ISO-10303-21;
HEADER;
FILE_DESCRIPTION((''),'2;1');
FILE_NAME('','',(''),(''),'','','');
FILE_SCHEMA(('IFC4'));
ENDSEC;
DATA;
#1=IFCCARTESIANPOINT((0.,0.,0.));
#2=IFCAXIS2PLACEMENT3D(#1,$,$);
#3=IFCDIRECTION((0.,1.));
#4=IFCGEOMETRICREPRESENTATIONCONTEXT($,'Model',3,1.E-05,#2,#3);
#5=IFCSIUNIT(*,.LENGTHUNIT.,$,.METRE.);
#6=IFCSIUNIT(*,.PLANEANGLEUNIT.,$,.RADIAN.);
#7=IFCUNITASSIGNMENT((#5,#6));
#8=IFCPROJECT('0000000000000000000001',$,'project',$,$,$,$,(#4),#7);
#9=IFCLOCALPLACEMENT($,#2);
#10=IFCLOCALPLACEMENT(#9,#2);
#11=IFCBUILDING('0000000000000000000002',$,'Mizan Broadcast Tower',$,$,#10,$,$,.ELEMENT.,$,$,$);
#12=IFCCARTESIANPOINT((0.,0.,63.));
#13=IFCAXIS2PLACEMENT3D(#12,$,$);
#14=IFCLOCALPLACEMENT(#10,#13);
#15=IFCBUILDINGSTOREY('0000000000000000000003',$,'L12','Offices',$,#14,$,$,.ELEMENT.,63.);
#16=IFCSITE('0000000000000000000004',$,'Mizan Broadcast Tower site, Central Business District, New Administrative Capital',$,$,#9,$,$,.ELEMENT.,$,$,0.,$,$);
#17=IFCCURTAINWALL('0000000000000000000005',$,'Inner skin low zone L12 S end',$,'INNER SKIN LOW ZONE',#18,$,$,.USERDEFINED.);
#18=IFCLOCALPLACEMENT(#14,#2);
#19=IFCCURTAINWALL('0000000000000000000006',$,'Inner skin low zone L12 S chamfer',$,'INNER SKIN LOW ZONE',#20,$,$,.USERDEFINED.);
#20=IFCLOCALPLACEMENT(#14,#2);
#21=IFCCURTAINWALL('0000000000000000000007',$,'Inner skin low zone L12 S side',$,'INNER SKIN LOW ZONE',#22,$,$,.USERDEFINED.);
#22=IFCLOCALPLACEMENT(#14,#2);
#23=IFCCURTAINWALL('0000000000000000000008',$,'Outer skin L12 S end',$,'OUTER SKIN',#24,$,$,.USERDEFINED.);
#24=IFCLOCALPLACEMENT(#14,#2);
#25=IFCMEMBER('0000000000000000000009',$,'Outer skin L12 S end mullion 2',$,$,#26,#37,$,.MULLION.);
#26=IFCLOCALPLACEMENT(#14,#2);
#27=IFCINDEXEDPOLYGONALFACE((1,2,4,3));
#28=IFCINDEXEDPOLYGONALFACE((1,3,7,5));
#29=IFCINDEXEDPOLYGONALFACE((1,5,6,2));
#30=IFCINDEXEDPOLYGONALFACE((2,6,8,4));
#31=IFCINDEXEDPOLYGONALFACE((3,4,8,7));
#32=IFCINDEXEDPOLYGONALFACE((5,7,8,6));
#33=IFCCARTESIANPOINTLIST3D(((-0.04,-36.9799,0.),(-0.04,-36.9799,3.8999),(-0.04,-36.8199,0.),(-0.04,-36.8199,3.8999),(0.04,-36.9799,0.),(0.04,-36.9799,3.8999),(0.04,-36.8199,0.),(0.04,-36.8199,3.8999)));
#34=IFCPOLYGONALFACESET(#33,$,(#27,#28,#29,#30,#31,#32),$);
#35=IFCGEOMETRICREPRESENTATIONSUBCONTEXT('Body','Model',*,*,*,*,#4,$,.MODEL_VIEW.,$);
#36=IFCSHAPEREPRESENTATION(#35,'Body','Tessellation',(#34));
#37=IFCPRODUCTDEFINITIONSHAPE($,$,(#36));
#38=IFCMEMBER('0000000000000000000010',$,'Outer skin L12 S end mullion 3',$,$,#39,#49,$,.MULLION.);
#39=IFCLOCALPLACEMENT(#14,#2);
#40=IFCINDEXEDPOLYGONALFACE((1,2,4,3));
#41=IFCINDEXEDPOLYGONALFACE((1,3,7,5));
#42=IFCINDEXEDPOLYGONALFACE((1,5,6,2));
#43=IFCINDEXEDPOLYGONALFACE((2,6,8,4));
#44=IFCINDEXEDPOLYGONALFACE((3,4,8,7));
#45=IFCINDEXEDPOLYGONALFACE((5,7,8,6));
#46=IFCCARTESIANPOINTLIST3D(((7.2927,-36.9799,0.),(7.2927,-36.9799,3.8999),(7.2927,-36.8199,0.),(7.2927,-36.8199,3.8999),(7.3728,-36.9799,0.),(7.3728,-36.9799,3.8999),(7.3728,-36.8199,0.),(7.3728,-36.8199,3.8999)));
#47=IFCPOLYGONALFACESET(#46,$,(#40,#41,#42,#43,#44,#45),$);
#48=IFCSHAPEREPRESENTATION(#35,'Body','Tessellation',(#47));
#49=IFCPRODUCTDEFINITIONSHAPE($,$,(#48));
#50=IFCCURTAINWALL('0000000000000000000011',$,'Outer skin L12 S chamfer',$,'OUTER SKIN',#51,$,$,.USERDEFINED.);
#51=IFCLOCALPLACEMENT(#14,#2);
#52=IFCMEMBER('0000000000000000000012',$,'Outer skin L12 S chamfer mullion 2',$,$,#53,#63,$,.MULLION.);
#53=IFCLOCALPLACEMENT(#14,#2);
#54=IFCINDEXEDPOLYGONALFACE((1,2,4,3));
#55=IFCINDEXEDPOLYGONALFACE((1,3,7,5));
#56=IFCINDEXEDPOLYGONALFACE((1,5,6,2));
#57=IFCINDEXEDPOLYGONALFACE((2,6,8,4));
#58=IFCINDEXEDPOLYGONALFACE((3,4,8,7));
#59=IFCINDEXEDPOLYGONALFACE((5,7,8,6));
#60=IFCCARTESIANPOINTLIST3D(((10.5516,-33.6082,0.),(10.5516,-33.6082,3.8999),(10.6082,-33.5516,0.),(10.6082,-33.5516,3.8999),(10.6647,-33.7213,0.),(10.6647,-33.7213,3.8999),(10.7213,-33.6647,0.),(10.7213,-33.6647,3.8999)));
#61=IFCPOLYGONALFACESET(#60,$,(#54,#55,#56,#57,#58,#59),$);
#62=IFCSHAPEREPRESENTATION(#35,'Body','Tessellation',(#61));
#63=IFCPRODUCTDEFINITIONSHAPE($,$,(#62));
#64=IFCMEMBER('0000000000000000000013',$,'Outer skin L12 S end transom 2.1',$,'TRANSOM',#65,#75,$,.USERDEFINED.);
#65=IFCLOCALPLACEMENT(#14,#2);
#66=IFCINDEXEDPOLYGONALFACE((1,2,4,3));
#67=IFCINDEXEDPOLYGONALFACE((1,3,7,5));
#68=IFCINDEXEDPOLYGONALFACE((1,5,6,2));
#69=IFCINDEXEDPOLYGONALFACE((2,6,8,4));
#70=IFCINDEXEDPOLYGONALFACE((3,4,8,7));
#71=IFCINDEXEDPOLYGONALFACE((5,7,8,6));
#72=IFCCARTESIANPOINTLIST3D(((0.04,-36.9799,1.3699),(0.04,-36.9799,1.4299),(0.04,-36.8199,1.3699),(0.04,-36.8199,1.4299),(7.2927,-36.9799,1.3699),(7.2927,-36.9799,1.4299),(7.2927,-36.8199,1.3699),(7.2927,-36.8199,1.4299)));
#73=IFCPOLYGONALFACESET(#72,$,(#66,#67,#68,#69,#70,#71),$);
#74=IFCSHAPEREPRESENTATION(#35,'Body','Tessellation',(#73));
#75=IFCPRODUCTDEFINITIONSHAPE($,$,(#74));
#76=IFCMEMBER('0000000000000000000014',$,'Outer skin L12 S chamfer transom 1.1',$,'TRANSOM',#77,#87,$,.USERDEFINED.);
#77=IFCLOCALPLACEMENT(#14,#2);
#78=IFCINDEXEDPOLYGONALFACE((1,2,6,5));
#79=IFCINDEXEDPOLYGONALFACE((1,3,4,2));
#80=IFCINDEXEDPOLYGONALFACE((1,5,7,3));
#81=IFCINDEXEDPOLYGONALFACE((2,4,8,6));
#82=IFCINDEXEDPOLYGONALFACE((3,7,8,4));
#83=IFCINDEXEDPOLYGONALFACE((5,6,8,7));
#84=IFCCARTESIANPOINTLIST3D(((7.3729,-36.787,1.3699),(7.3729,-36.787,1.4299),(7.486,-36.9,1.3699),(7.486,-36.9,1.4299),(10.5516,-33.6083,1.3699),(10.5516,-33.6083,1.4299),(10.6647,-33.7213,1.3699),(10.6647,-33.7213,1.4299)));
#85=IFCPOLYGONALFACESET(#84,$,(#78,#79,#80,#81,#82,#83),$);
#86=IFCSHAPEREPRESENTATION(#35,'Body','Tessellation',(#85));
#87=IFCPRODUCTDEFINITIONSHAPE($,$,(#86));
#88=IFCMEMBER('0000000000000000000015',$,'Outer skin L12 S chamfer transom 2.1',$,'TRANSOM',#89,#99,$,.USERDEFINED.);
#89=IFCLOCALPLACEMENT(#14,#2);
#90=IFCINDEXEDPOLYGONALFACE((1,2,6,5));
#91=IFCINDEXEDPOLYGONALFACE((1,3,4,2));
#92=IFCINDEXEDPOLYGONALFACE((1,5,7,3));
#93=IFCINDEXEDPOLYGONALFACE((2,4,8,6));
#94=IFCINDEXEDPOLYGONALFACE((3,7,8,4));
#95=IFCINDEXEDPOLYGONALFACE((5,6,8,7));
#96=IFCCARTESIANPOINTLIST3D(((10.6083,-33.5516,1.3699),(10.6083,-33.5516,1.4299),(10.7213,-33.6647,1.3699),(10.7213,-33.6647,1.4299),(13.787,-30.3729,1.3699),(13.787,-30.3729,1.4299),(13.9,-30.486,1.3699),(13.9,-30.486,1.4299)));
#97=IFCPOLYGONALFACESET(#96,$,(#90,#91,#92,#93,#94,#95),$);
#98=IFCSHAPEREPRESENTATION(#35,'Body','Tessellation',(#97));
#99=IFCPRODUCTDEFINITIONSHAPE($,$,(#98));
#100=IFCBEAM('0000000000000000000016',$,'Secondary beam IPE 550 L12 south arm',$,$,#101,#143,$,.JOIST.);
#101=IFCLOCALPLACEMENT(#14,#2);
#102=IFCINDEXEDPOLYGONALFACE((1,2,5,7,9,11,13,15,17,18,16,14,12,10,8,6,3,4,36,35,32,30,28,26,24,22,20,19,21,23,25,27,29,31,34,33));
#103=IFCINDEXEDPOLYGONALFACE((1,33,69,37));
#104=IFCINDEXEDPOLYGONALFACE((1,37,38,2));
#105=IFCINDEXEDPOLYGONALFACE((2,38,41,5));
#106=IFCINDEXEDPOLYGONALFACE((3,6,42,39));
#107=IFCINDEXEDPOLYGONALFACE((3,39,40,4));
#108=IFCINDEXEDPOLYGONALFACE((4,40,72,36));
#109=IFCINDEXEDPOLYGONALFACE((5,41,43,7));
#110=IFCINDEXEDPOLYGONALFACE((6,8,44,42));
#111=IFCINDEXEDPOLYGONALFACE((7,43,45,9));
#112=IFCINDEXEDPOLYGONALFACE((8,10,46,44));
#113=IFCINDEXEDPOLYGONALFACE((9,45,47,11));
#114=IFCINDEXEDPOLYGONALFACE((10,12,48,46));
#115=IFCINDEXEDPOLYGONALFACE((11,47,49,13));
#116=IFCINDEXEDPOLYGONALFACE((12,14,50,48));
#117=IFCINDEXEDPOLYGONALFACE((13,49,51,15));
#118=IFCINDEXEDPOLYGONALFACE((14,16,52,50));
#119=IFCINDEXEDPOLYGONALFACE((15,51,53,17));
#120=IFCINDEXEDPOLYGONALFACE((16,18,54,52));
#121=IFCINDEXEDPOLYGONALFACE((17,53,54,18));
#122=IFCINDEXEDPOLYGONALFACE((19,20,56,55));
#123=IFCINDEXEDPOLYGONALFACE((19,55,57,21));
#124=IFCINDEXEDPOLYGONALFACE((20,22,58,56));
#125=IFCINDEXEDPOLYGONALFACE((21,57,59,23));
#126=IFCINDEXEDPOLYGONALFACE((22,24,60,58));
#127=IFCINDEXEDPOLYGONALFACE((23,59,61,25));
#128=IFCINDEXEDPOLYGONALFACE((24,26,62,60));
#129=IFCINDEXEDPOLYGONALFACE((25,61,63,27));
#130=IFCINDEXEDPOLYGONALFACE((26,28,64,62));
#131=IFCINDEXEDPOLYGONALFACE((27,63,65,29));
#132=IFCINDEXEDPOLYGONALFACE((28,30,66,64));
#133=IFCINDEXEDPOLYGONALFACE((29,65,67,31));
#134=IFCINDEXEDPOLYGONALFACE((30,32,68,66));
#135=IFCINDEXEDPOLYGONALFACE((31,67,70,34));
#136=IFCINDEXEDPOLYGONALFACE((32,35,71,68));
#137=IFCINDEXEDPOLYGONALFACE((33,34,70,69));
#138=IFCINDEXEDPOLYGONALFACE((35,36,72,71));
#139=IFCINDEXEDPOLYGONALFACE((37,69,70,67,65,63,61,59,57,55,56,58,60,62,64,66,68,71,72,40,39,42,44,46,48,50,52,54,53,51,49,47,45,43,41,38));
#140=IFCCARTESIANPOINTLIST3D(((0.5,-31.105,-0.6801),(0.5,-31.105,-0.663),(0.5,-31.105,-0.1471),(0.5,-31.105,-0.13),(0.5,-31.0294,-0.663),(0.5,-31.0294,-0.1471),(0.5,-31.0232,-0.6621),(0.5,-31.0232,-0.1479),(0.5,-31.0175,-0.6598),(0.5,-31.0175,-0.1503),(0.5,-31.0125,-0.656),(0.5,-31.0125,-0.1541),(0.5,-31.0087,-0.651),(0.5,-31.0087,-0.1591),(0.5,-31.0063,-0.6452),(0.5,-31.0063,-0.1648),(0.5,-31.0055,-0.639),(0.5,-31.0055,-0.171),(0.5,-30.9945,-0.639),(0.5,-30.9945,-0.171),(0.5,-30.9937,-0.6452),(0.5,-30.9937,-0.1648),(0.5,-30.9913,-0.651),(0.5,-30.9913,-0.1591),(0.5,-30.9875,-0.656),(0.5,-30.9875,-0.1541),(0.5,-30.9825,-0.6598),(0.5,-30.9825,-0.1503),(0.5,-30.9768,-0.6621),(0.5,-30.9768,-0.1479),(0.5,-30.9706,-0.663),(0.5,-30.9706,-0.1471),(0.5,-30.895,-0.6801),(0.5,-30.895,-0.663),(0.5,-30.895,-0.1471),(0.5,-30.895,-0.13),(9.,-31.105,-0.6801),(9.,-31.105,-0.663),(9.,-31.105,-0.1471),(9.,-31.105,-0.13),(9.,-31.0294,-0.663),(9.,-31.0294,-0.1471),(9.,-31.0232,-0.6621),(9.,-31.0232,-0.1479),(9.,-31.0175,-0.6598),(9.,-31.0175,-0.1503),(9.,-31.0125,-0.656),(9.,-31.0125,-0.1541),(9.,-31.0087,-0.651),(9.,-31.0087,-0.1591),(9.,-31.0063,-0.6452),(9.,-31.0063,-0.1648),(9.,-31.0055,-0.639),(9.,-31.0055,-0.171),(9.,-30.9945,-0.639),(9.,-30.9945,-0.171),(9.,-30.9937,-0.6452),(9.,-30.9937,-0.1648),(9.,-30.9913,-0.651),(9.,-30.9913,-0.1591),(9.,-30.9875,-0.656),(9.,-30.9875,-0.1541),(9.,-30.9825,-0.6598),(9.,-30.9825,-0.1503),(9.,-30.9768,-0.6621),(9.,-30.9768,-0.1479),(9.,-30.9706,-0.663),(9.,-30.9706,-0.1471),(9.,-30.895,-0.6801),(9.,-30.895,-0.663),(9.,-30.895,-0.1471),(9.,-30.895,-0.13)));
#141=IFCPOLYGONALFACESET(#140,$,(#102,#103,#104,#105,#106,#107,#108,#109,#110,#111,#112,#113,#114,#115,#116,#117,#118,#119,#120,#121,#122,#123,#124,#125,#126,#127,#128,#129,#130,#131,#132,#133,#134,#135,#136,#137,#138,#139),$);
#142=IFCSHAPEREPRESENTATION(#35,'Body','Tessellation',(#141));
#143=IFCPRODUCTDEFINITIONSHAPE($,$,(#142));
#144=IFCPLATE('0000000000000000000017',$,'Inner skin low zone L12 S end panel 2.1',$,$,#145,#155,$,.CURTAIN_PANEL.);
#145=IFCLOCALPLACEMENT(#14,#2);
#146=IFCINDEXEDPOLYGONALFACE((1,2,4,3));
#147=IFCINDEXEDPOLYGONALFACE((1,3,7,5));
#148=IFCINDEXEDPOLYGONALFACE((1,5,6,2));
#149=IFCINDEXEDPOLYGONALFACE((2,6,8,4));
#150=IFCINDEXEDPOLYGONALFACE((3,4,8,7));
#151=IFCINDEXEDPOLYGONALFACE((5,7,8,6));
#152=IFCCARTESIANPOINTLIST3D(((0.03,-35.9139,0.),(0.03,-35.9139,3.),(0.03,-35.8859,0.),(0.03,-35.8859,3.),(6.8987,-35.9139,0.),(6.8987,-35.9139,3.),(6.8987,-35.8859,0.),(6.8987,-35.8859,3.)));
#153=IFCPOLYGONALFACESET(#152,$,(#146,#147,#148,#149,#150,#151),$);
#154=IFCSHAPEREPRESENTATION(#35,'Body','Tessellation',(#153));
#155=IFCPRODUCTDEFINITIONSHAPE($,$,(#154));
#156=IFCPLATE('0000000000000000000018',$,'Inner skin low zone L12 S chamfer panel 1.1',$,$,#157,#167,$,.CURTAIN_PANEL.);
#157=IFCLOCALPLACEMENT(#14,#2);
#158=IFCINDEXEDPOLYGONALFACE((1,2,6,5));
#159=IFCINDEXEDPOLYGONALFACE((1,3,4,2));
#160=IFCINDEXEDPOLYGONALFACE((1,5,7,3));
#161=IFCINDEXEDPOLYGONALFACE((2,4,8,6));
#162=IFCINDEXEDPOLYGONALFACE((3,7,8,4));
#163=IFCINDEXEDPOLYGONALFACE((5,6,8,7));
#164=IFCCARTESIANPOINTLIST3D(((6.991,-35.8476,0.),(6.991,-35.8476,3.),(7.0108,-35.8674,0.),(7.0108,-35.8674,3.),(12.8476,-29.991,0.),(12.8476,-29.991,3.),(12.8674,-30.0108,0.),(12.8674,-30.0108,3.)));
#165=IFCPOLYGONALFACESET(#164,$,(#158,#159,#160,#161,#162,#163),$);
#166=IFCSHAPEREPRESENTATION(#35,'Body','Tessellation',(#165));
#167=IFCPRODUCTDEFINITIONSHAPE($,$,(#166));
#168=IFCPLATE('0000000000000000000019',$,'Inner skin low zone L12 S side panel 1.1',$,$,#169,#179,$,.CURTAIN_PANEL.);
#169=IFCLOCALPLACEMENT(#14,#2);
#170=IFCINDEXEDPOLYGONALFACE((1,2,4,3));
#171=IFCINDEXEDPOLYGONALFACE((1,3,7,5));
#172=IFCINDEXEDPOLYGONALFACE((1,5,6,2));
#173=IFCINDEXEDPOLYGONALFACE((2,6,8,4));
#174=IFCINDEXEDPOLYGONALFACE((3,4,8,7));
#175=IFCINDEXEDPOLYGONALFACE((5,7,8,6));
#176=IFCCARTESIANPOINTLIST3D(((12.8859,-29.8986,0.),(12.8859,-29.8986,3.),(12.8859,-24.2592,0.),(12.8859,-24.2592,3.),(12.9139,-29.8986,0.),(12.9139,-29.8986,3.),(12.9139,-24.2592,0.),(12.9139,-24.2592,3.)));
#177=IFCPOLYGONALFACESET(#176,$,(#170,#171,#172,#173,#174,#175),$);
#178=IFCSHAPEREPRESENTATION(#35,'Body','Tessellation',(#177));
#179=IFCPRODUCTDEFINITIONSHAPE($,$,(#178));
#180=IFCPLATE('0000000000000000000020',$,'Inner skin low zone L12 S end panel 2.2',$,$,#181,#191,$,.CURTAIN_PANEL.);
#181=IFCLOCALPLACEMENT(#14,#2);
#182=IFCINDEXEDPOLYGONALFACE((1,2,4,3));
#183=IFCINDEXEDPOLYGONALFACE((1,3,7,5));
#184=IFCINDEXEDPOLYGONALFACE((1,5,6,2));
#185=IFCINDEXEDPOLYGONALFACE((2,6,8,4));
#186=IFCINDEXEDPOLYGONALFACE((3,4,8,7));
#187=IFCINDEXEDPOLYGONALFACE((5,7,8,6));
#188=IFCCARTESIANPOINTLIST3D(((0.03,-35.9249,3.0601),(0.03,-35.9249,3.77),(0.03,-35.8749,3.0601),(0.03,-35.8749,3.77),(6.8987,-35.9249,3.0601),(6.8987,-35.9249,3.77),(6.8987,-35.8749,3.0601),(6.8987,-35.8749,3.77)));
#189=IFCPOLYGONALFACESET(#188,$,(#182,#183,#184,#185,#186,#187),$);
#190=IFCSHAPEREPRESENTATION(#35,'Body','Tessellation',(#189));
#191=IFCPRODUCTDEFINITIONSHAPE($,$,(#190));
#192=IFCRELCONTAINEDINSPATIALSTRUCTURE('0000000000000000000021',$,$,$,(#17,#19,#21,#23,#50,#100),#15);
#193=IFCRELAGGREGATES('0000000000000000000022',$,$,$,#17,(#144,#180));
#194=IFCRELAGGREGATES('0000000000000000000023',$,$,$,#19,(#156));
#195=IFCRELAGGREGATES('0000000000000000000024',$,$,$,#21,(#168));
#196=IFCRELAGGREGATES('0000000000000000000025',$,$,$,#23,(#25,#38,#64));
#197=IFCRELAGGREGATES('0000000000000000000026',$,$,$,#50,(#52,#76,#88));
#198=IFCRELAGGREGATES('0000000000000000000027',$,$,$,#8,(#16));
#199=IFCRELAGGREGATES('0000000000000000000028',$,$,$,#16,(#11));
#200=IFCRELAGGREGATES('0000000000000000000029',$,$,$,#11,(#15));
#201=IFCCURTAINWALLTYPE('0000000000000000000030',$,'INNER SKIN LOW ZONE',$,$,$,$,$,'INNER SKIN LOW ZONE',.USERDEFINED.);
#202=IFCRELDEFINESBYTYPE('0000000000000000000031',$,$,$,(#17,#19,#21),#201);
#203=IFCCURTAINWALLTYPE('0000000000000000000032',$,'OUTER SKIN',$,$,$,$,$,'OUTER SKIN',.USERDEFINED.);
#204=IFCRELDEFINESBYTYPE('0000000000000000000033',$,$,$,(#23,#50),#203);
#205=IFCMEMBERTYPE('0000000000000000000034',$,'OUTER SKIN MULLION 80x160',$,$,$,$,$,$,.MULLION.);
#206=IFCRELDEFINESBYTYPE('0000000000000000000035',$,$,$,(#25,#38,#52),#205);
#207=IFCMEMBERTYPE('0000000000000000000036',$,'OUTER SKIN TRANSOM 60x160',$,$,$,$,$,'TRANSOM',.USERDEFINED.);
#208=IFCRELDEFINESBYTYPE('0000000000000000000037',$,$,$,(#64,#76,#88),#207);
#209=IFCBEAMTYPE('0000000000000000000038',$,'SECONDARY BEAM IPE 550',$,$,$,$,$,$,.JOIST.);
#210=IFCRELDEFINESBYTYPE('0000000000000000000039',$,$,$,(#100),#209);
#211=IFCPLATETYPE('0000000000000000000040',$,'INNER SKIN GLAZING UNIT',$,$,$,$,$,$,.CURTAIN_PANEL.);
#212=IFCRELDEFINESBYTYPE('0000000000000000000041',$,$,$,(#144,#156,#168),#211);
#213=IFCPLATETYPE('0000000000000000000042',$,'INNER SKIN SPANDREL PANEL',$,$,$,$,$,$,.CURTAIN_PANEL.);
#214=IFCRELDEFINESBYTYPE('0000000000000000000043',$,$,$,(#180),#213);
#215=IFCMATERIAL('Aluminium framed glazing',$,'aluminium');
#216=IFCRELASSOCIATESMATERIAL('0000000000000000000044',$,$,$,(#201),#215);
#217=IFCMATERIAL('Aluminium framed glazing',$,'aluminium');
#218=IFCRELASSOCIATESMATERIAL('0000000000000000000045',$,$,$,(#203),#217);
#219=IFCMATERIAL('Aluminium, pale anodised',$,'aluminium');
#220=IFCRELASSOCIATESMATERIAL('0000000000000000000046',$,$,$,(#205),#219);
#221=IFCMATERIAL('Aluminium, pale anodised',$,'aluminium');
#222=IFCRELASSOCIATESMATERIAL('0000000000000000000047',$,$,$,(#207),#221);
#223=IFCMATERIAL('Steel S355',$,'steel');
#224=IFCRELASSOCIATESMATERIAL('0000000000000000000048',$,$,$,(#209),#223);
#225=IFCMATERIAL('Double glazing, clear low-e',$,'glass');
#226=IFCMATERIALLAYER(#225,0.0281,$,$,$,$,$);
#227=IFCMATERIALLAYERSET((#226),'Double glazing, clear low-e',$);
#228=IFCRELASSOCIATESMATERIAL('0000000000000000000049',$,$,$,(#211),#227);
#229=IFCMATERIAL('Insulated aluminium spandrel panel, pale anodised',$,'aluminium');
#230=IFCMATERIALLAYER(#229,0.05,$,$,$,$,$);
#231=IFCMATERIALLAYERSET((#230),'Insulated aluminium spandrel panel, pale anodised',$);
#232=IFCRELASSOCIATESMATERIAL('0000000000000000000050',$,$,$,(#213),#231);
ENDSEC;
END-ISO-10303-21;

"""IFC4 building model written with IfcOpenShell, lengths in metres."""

from ifc_helpers import new_model, si_unit, direction, frame, origin, origin_2d, place, context, subcontext, project, spatial, rectangle, i_section, extrude, material, layer, layer_set, material_profile, profile_set, type_object, element, aggregate, save


model = new_model("IFC4")

# Units and contexts
model_context = context("Model", 3, precision=1e-05, world=origin(), true_north=direction((0.0, 1.0)))
body_context = subcontext(model_context, "Body", "Model", "MODEL_VIEW")
ifc_project = project(units=[si_unit("LENGTHUNIT", "METRE"), si_unit("PLANEANGLEUNIT", "RADIAN")], contexts=[model_context])

# Site, building, storey
site_placement = place(None, origin())
site = spatial("IfcSite", under=ifc_project, at=site_placement, Name="Mizan Broadcast Tower site, Central Business District, New Administrative Capital", CompositionType="ELEMENT", RefElevation=0.0)
building_placement = place(site_placement, origin())
building = spatial("IfcBuilding", under=site, at=building_placement, Name="Mizan Broadcast Tower", CompositionType="ELEMENT")
storey_placement = place(building_placement, frame((0.0, 0.0, 63.0)))
storey = spatial("IfcBuildingStorey", under=building, at=storey_placement, Name="L12", Description="Offices", CompositionType="ELEMENT", Elevation=63.0)

# Curtain wall
ifc_material_1 = material(Name="Aluminium framed glazing", Category="aluminium")
curtain_wall_type_1 = type_object("IfcCurtainWallType", Name="INNER SKIN LOW ZONE", ElementType="INNER SKIN LOW ZONE", PredefinedType="USERDEFINED", material=ifc_material_1)
curtain_wall_1_placement = place(storey_placement, origin())
curtain_wall_1 = element("IfcCurtainWall", 1, at=curtain_wall_1_placement, inside=storey, type_object=curtain_wall_type_1, Name="Inner skin low zone L12 S end", ObjectType="INNER SKIN LOW ZONE", PredefinedType="USERDEFINED")

# Curtain walls
curtain_wall_2_placement = place(storey_placement, origin())
curtain_wall_2 = element("IfcCurtainWall", 2, at=curtain_wall_2_placement, inside=storey, type_object=curtain_wall_type_1, Name="Inner skin low zone L12 S chamfer", ObjectType="INNER SKIN LOW ZONE", PredefinedType="USERDEFINED")
curtain_wall_3_placement = place(storey_placement, origin())
curtain_wall_3 = element("IfcCurtainWall", 3, at=curtain_wall_3_placement, inside=storey, type_object=curtain_wall_type_1, Name="Inner skin low zone L12 S side", ObjectType="INNER SKIN LOW ZONE", PredefinedType="USERDEFINED")

# Curtain wall, members
ifc_material_2 = material(Name="Aluminium framed glazing", Category="aluminium")
curtain_wall_type_2 = type_object("IfcCurtainWallType", Name="OUTER SKIN", ElementType="OUTER SKIN", PredefinedType="USERDEFINED", material=ifc_material_2)
curtain_wall_4_placement = place(storey_placement, origin())
curtain_wall_4 = element("IfcCurtainWall", 4, at=curtain_wall_4_placement, inside=storey, type_object=curtain_wall_type_2, Name="Outer skin L12 S end", ObjectType="OUTER SKIN", PredefinedType="USERDEFINED")
ifc_material_3 = material(Name="Aluminium, pale anodised", Category="aluminium")
ifc_material_profile_1 = material_profile(ifc_material_3, rectangle(XDim=0.1599, YDim=0.0801, at=origin_2d()), Name="MULLION 160x80")
ifc_profile_set_1 = profile_set([ifc_material_profile_1], Name="Aluminium, pale anodised")
member_type_1 = type_object("IfcMemberType", Name="OUTER SKIN MULLION 80x160", PredefinedType="MULLION", material=ifc_profile_set_1)
member_1_placement = place(storey_placement, frame((0.0, -36.8999, 0.0), z_axis=(0.0, 0.0, 1.0), x_axis=(0.0, 1.0, 0.0)))
member_1 = element("IfcMember", 5, at=member_1_placement, type_object=member_type_1, Name="Outer skin L12 S end mullion 2", PredefinedType="MULLION", context=body_context, shape_type="SweptSolid", body=[
    extrude(rectangle(XDim=0.1599, YDim=0.0801, at=origin_2d()), origin(), (0.0, 0.0, 1.0), 3.8999),
])
member_2_placement = place(storey_placement, frame((7.3328, -36.8999, 0.0), z_axis=(0.0, 0.0, 1.0), x_axis=(0.0, 1.0, 0.0)))
member_2 = element("IfcMember", 6, at=member_2_placement, type_object=member_type_1, Name="Outer skin L12 S end mullion 3", PredefinedType="MULLION", context=body_context, shape_type="SweptSolid", body=[
    extrude(rectangle(XDim=0.1599, YDim=0.0801, at=origin_2d()), origin(), (0.0, 0.0, 1.0), 3.8999),
])

# Curtain wall, member
curtain_wall_5_placement = place(storey_placement, origin())
curtain_wall_5 = element("IfcCurtainWall", 7, at=curtain_wall_5_placement, inside=storey, type_object=curtain_wall_type_2, Name="Outer skin L12 S chamfer", ObjectType="OUTER SKIN", PredefinedType="USERDEFINED")
member_3_placement = place(storey_placement, frame((10.6365, -33.6365, 0.0), z_axis=(0.0, 0.0, 1.0), x_axis=(-0.707107, 0.707107, 0.0)))
member_3 = element("IfcMember", 8, at=member_3_placement, type_object=member_type_1, Name="Outer skin L12 S chamfer mullion 2", PredefinedType="MULLION", context=body_context, shape_type="SweptSolid", body=[
    extrude(rectangle(XDim=0.1599, YDim=0.0801, at=origin_2d()), origin(), (0.0, 0.0, 1.0), 3.8999),
])

# Members
ifc_material_4 = material(Name="Aluminium, pale anodised", Category="aluminium")
ifc_material_profile_2 = material_profile(ifc_material_4, rectangle(XDim=0.1599, YDim=0.0601, at=origin_2d()), Name="TRANSOM 160x60")
ifc_profile_set_2 = profile_set([ifc_material_profile_2], Name="Aluminium, pale anodised")
member_type_2 = type_object("IfcMemberType", Name="OUTER SKIN TRANSOM 60x160", ElementType="TRANSOM", PredefinedType="USERDEFINED", material=ifc_profile_set_2)
member_4_placement = place(storey_placement, frame((0.04, -36.8999, 1.3999), z_axis=(1.0, 0.0, 0.0), x_axis=(0.0, 1.0, 0.0)))
member_4 = element("IfcMember", 9, at=member_4_placement, type_object=member_type_2, Name="Outer skin L12 S end transom 2.1", ObjectType="TRANSOM", PredefinedType="USERDEFINED", context=body_context, shape_type="SweptSolid", body=[
    extrude(rectangle(XDim=0.1599, YDim=0.0601, at=origin_2d()), origin(), (0.0, 0.0, 1.0), 7.2527),
])
member_5_placement = place(storey_placement, frame((7.4294, -36.8435, 1.3999), z_axis=(0.707107, 0.707107, 0.0), x_axis=(-0.707107, 0.707107, 0.0)))
member_5 = element("IfcMember", 10, at=member_5_placement, type_object=member_type_2, Name="Outer skin L12 S chamfer transom 1.1", ObjectType="TRANSOM", PredefinedType="USERDEFINED", context=body_context, shape_type="SweptSolid", body=[
    extrude(rectangle(XDim=0.1599, YDim=0.0601, at=origin_2d()), origin(), (0.0, 0.0, 1.0), 4.4954),
])
member_6_placement = place(storey_placement, frame((10.6648, -33.6082, 1.3999), z_axis=(0.707107, 0.707107, 0.0), x_axis=(-0.707107, 0.707107, 0.0)))
member_6 = element("IfcMember", 11, at=member_6_placement, type_object=member_type_2, Name="Outer skin L12 S chamfer transom 2.1", ObjectType="TRANSOM", PredefinedType="USERDEFINED", context=body_context, shape_type="SweptSolid", body=[
    extrude(rectangle(XDim=0.1599, YDim=0.0601, at=origin_2d()), origin(), (0.0, 0.0, 1.0), 4.4954),
])

# Beam
ifc_material_5 = material(Name="Steel S355", Category="steel")
ifc_material_profile_3 = material_profile(ifc_material_5, i_section(OverallWidth=0.21, OverallDepth=0.55, WebThickness=0.011, FlangeThickness=0.0171, FilletRadius=0.0239, at=origin_2d()), Name="IPE 550")
ifc_profile_set_3 = profile_set([ifc_material_profile_3], Name="Steel S355")
beam_type_1 = type_object("IfcBeamType", Name="SECONDARY BEAM IPE 550", PredefinedType="JOIST", material=ifc_profile_set_3)
beam_1_placement = place(storey_placement, frame((9.0, -31.0, -0.405), z_axis=(-1.0, 0.0, 0.0), x_axis=(0.0, -1.0, 0.0)))
element("IfcBeam", 12, at=beam_1_placement, inside=storey, type_object=beam_type_1, Name="Secondary beam IPE 550 L12 south arm", PredefinedType="JOIST", context=body_context, shape_type="SweptSolid", body=[
    extrude(i_section(OverallWidth=0.21, OverallDepth=0.55, WebThickness=0.011, FlangeThickness=0.0171, FilletRadius=0.0239, at=origin_2d()), origin(), (0.0, 0.0, 1.0), 8.5),
])

# Plates
ifc_material_6 = material(Name="Double glazing, clear low-e", Category="glass")
ifc_layer_1 = layer(ifc_material_6, 0.0281)
ifc_layer_set_1 = layer_set([ifc_layer_1], Name="Double glazing, clear low-e")
plate_type_1 = type_object("IfcPlateType", Name="INNER SKIN GLAZING UNIT", PredefinedType="CURTAIN_PANEL", material=ifc_layer_set_1)
plate_1_placement = place(storey_placement, frame((3.4644, -35.8999, 0.0), z_axis=(0.0, 0.0, 1.0), x_axis=(1.0, 0.0, 0.0)))
plate_1 = element("IfcPlate", 13, at=plate_1_placement, type_object=plate_type_1, Name="Inner skin low zone L12 S end panel 2.1", PredefinedType="CURTAIN_PANEL", context=body_context, shape_type="SweptSolid", body=[
    extrude(rectangle(XDim=6.8687, YDim=0.0281, at=origin_2d()), origin(), (0.0, 0.0, 1.0), 3.0),
])
plate_2_placement = place(storey_placement, frame((9.9292, -32.9292, 0.0), z_axis=(0.0, 0.0, 1.0), x_axis=(0.707107, 0.707107, 0.0)))
plate_2 = element("IfcPlate", 14, at=plate_2_placement, type_object=plate_type_1, Name="Inner skin low zone L12 S chamfer panel 1.1", PredefinedType="CURTAIN_PANEL", context=body_context, shape_type="SweptSolid", body=[
    extrude(rectangle(XDim=8.2825, YDim=0.0281, at=origin_2d()), origin(), (0.0, 0.0, 1.0), 3.0),
])
plate_3_placement = place(storey_placement, frame((12.8999, -27.0789, 0.0), z_axis=(0.0, 0.0, 1.0), x_axis=(0.0, 1.0, 0.0)))
plate_3 = element("IfcPlate", 15, at=plate_3_placement, type_object=plate_type_1, Name="Inner skin low zone L12 S side panel 1.1", PredefinedType="CURTAIN_PANEL", context=body_context, shape_type="SweptSolid", body=[
    extrude(rectangle(XDim=5.6394, YDim=0.0281, at=origin_2d()), origin(), (0.0, 0.0, 1.0), 3.0),
])
ifc_material_7 = material(Name="Insulated aluminium spandrel panel, pale anodised", Category="aluminium")
ifc_layer_2 = layer(ifc_material_7, 0.05)
ifc_layer_set_2 = layer_set([ifc_layer_2], Name="Insulated aluminium spandrel panel, pale anodised")
plate_type_2 = type_object("IfcPlateType", Name="INNER SKIN SPANDREL PANEL", PredefinedType="CURTAIN_PANEL", material=ifc_layer_set_2)
plate_4_placement = place(storey_placement, frame((3.4644, -35.8999, 3.0601), z_axis=(0.0, 0.0, 1.0), x_axis=(1.0, 0.0, 0.0)))
plate_4 = element("IfcPlate", 16, at=plate_4_placement, type_object=plate_type_2, Name="Inner skin low zone L12 S end panel 2.2", PredefinedType="CURTAIN_PANEL", context=body_context, shape_type="SweptSolid", body=[
    extrude(rectangle(XDim=6.8687, YDim=0.05, at=origin_2d()), origin(), (0.0, 0.0, 1.0), 0.71),
])
aggregate(curtain_wall_1, [plate_1, plate_4])
aggregate(curtain_wall_2, [plate_2])
aggregate(curtain_wall_3, [plate_3])
aggregate(curtain_wall_4, [member_1, member_2, member_4])
aggregate(curtain_wall_5, [member_3, member_5, member_6])

save(model, "model.ifc")
